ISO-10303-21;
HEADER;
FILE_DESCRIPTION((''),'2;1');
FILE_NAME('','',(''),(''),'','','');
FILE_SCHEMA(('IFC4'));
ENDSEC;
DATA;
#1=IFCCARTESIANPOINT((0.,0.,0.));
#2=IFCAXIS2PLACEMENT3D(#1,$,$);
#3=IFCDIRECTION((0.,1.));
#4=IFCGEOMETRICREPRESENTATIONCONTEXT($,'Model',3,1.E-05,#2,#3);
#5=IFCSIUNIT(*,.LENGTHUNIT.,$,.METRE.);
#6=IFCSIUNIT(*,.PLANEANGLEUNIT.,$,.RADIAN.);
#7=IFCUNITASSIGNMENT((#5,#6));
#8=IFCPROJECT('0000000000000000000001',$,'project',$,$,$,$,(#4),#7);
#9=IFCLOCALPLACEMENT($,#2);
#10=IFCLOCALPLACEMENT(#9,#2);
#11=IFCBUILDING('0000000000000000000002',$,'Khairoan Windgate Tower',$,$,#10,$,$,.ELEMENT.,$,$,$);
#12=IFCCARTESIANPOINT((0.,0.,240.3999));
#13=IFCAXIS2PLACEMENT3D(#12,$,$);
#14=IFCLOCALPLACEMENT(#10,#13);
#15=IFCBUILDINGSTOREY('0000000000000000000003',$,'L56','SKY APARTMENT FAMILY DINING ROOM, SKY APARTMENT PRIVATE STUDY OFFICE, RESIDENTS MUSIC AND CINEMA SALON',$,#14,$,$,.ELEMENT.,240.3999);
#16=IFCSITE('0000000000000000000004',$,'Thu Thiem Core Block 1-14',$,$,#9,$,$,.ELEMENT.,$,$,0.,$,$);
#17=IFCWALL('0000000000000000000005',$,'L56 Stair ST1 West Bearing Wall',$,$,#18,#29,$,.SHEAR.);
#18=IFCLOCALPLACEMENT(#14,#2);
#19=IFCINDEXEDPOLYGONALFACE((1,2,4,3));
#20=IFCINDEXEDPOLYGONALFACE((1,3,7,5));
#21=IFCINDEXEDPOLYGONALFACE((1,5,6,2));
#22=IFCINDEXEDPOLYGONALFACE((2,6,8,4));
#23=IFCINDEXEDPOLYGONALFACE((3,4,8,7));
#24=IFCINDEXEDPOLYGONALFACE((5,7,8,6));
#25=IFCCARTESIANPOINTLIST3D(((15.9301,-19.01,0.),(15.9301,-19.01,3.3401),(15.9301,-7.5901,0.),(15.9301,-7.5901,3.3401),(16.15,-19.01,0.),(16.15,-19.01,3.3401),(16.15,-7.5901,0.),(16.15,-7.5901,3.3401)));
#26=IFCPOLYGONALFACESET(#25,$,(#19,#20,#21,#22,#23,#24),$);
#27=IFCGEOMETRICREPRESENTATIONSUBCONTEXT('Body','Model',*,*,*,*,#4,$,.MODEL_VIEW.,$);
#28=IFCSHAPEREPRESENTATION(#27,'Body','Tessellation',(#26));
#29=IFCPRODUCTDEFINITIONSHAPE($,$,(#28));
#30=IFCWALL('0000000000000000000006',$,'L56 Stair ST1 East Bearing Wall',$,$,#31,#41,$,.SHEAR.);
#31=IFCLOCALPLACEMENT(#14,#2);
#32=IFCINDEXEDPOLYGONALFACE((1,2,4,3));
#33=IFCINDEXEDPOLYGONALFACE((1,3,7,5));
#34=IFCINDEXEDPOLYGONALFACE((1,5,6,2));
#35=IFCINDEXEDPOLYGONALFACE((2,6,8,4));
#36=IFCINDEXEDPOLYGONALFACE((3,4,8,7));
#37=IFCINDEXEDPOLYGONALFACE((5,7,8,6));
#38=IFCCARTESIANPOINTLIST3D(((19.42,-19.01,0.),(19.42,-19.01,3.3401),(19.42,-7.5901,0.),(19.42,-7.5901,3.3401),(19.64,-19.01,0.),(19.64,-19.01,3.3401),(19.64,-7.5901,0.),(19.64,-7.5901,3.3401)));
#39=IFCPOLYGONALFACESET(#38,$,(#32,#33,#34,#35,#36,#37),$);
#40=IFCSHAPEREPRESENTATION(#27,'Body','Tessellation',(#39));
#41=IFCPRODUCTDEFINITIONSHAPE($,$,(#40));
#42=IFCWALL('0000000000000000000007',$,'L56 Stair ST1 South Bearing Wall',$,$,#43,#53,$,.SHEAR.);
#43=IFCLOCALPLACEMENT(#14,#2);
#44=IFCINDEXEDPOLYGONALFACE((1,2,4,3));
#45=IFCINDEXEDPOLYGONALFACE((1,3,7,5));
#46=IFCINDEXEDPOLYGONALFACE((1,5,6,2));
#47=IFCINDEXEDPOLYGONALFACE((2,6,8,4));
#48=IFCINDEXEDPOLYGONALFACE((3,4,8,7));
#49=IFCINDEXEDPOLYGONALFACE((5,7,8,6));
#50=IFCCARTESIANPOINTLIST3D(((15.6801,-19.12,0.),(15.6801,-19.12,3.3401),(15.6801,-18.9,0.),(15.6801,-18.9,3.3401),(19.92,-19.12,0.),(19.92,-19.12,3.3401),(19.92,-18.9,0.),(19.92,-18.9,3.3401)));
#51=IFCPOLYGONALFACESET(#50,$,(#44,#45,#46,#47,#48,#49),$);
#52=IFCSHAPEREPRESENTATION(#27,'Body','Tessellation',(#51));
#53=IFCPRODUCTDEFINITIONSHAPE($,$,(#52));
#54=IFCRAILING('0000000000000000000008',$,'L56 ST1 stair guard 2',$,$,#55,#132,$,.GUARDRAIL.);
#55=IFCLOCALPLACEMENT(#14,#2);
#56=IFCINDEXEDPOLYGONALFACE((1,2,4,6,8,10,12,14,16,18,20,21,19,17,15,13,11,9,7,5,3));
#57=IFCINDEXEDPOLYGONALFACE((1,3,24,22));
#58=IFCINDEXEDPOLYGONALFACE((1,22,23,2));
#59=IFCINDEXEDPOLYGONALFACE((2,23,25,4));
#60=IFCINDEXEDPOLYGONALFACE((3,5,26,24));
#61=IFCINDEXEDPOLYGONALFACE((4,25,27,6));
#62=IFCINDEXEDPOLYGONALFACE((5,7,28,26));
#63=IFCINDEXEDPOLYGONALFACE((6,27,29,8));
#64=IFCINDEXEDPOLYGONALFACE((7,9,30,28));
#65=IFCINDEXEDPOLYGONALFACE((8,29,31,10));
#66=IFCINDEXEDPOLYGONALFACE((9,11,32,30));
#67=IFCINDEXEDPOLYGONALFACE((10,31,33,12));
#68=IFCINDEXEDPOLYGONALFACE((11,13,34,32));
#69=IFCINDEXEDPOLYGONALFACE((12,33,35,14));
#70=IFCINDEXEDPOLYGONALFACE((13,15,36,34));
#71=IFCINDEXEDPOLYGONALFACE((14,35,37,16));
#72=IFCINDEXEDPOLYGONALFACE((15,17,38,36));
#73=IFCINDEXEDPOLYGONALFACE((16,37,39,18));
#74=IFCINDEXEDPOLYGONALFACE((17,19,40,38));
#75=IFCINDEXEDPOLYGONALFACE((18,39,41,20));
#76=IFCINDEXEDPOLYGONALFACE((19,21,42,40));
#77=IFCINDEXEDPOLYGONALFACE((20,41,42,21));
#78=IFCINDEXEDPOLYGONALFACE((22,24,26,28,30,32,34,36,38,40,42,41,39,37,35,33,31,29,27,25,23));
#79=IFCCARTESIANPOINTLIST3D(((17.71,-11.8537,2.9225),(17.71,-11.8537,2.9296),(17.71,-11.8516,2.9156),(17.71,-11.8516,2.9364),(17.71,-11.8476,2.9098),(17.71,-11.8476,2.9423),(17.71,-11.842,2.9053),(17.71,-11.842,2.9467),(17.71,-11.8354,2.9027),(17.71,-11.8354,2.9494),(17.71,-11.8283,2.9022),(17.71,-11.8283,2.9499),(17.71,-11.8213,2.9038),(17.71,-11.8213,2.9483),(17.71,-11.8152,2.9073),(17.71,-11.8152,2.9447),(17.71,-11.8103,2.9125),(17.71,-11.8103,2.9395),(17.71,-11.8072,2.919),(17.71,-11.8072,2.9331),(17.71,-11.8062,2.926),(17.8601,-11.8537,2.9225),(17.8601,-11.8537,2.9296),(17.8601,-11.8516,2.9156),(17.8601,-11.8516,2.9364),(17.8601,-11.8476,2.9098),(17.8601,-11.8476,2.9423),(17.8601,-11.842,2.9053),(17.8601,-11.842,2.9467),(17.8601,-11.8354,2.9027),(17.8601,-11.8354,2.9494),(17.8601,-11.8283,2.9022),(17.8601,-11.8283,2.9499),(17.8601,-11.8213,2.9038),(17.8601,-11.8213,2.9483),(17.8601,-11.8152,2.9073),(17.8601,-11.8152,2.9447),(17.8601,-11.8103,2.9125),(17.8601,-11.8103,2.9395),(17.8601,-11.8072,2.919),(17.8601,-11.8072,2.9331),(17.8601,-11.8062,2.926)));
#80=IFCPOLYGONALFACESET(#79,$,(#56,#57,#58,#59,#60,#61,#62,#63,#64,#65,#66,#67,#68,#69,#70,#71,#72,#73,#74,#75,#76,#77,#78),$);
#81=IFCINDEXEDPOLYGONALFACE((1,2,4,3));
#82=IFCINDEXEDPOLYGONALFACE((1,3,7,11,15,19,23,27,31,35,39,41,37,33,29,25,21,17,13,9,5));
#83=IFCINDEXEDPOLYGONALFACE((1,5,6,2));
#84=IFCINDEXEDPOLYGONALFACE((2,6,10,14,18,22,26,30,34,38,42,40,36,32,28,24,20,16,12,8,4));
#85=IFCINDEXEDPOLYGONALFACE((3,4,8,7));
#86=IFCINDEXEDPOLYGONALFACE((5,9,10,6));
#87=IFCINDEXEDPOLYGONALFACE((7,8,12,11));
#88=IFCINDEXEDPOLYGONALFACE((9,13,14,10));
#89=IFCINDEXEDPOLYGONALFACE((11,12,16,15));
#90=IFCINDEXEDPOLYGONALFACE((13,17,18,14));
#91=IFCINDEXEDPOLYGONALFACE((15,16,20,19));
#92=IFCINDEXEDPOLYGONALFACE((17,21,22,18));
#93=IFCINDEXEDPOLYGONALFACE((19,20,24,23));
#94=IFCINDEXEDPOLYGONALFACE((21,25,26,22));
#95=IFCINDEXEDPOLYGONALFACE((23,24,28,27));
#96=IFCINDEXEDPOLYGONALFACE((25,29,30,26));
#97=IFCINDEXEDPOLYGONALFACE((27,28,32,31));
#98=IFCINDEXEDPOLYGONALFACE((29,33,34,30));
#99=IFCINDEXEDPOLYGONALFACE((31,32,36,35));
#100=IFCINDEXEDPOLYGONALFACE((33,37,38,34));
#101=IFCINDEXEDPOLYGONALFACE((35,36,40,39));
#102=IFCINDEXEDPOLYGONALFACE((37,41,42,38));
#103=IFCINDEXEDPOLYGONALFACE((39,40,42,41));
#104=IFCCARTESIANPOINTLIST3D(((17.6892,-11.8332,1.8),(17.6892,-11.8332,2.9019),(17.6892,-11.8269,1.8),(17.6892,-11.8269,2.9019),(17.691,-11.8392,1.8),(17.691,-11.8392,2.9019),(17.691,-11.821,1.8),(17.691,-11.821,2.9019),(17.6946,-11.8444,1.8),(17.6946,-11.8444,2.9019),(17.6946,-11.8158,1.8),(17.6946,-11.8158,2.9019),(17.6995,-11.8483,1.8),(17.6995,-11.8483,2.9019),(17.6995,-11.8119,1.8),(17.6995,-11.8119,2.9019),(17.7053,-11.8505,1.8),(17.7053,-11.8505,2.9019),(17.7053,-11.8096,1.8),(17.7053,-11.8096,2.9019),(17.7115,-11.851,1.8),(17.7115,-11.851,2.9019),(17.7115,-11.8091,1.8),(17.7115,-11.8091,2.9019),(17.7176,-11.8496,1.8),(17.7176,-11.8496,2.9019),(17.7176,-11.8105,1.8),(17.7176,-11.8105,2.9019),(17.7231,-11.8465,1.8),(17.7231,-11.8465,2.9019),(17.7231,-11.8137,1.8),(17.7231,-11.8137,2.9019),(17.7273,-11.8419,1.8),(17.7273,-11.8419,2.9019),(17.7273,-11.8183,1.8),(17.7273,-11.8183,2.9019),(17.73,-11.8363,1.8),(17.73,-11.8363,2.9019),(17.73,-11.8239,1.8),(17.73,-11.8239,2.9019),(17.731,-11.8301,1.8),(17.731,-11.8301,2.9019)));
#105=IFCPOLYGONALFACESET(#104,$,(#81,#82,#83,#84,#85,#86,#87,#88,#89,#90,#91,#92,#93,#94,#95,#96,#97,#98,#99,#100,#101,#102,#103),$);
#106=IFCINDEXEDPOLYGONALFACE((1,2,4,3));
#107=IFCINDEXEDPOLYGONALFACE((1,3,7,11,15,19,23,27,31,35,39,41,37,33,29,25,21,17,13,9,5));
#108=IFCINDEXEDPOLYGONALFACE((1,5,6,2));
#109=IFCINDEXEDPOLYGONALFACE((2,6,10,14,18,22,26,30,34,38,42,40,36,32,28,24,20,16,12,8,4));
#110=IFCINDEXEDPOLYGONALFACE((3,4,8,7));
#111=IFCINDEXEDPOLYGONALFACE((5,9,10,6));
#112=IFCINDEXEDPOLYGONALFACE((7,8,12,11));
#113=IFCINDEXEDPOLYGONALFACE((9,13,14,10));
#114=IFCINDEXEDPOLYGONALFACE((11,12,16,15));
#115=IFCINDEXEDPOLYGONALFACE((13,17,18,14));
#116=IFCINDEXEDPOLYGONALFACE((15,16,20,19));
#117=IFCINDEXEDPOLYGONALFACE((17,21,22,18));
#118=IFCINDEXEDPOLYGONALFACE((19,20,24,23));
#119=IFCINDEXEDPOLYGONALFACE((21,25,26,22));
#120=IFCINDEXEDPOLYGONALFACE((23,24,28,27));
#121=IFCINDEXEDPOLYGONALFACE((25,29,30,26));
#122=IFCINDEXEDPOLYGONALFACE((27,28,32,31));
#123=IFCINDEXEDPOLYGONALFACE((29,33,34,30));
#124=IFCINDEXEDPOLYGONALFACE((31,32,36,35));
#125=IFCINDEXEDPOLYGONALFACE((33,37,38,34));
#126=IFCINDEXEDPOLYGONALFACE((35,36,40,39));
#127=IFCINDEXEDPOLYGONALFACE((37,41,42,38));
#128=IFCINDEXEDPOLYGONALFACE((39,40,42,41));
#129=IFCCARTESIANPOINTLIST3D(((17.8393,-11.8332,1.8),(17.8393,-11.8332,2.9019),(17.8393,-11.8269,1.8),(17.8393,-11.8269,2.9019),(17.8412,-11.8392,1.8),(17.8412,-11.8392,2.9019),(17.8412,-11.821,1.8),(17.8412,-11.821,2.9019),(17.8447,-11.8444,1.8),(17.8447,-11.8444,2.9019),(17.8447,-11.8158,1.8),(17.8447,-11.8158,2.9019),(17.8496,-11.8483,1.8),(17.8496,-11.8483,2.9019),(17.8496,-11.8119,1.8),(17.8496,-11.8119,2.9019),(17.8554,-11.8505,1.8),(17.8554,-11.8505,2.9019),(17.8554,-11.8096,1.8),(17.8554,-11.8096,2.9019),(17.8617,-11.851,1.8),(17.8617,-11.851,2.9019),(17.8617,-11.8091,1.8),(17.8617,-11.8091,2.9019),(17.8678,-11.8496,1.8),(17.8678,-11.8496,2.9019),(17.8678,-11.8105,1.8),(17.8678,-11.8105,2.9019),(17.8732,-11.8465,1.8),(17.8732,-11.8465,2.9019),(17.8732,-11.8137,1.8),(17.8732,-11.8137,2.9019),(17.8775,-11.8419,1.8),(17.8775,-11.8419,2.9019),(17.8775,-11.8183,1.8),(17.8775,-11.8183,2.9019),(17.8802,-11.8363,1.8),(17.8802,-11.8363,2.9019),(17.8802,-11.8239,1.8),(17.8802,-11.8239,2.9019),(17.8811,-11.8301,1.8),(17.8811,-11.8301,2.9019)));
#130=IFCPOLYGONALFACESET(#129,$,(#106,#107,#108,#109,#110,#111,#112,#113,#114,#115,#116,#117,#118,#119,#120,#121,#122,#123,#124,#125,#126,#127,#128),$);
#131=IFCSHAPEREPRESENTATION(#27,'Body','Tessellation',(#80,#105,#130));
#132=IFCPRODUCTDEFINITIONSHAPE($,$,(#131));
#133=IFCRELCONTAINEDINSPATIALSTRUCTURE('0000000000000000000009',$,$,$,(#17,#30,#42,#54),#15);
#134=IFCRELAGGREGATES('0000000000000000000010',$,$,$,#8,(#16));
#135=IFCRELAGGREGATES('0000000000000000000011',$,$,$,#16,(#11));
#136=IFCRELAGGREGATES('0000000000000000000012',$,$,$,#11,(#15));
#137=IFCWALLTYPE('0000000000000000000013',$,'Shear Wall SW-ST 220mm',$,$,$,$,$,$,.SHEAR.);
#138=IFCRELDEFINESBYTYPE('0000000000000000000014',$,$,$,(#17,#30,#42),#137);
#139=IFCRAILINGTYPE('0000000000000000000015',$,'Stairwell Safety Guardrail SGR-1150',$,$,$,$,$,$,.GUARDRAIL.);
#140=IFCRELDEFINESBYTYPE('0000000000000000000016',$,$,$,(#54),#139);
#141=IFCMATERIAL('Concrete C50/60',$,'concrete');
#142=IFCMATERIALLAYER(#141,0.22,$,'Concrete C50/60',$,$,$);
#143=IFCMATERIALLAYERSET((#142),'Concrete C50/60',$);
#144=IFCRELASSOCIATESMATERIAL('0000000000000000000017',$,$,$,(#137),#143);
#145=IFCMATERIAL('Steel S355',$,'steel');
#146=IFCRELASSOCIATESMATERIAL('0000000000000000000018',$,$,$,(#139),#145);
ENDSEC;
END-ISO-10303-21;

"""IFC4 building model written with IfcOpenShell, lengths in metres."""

from ifc_helpers import new_model, si_unit, direction, frame, frame_2d, origin, origin_2d, place, context, subcontext, project, spatial, rectangle, circle, extrude, material, layer, layer_set, type_object, element, save


model = new_model("IFC4")

# Units and contexts
model_context = context("Model", 3, precision=1e-05, world=origin(), true_north=direction((0.0, 1.0)))
body_context = subcontext(model_context, "Body", "Model", "MODEL_VIEW")
ifc_project = project(units=[si_unit("LENGTHUNIT", "METRE"), si_unit("PLANEANGLEUNIT", "RADIAN")], contexts=[model_context])

# Site, building, storey
site_placement = place(None, origin())
site = spatial("IfcSite", under=ifc_project, at=site_placement, Name="Thu Thiem Core Block 1-14", CompositionType="ELEMENT", RefElevation=0.0)
building_placement = place(site_placement, origin())
building = spatial("IfcBuilding", under=site, at=building_placement, Name="Khairoan Windgate Tower", CompositionType="ELEMENT")
storey_placement = place(building_placement, frame((0.0, 0.0, 240.3999)))
storey = spatial("IfcBuildingStorey", under=building, at=storey_placement, Name="L56", Description="SKY APARTMENT FAMILY DINING ROOM, SKY APARTMENT PRIVATE STUDY OFFICE, RESIDENTS MUSIC AND CINEMA SALON", CompositionType="ELEMENT", Elevation=240.3999)

# Walls
ifc_material_1 = material(Name="Concrete C50/60", Category="concrete")
ifc_layer_1 = layer(ifc_material_1, 0.22, Name="Concrete C50/60")
ifc_layer_set_1 = layer_set([ifc_layer_1], Name="Concrete C50/60")
wall_type_1 = type_object("IfcWallType", Name="Shear Wall SW-ST 220mm", PredefinedType="SHEAR", material=ifc_layer_set_1)
for number, where, z_axis, x_axis, name in (
    (1, (16.04, -19.01, 0.0), (0.0, 0.0, 1.0), (0.0, 1.0, 0.0), "L56 Stair ST1 West Bearing Wall"),
    (2, (19.53, -19.01, 0.0), (0.0, 0.0, 1.0), (0.0, 1.0, 0.0), "L56 Stair ST1 East Bearing Wall"),
):
    element("IfcWall", number, at=place(storey_placement, frame(where, z_axis=z_axis, x_axis=x_axis)), inside=storey, type_object=wall_type_1, Name=name, PredefinedType="SHEAR", context=body_context, shape_type="SweptSolid", body=[
        extrude(rectangle(XDim=11.4199, YDim=0.22, at=frame_2d((5.71, 0.0))), origin(), (0.0, 0.0, 1.0), 3.3401),
    ])
wall_1_placement = place(storey_placement, frame((15.6799, -19.01, 0.0), z_axis=(0.0, 0.0, 1.0), x_axis=(1.0, 0.0, 0.0)))
element("IfcWall", 3, at=wall_1_placement, inside=storey, type_object=wall_type_1, Name="L56 Stair ST1 South Bearing Wall", PredefinedType="SHEAR", context=body_context, shape_type="SweptSolid", body=[
    extrude(rectangle(XDim=4.24, YDim=0.22, at=frame_2d((2.1201, 0.0))), origin(), (0.0, 0.0, 1.0), 3.3401),
])

# Railing
ifc_material_2 = material(Name="Steel S355", Category="steel")
railing_type = type_object("IfcRailingType", Name="Stairwell Safety Guardrail SGR-1150", PredefinedType="GUARDRAIL", material=ifc_material_2)
railing_1_placement = place(storey_placement, frame((17.71, -11.8301, 1.8)))
element("IfcRailing", 4, at=railing_1_placement, inside=storey, type_object=railing_type, Name="L56 ST1 stair guard 2", PredefinedType="GUARDRAIL", context=body_context, shape_type="SweptSolid", body=[
    extrude(circle(Radius=0.0239, at=origin_2d()), frame((0.0, 0.0, 1.126), z_axis=(1.0, 0.0, 0.0), x_axis=(0.0, 1.0, 0.0)), (0.0, 0.0, 1.0), 0.1501),
    extrude(circle(Radius=0.021, at=origin_2d()), origin(), (0.0, 0.0, 1.0), 1.1018),
    extrude(circle(Radius=0.021, at=origin_2d()), frame((0.1501, 0.0, 0.0)), (0.0, 0.0, 1.0), 1.1018),
])

save(model, "model.ifc")
